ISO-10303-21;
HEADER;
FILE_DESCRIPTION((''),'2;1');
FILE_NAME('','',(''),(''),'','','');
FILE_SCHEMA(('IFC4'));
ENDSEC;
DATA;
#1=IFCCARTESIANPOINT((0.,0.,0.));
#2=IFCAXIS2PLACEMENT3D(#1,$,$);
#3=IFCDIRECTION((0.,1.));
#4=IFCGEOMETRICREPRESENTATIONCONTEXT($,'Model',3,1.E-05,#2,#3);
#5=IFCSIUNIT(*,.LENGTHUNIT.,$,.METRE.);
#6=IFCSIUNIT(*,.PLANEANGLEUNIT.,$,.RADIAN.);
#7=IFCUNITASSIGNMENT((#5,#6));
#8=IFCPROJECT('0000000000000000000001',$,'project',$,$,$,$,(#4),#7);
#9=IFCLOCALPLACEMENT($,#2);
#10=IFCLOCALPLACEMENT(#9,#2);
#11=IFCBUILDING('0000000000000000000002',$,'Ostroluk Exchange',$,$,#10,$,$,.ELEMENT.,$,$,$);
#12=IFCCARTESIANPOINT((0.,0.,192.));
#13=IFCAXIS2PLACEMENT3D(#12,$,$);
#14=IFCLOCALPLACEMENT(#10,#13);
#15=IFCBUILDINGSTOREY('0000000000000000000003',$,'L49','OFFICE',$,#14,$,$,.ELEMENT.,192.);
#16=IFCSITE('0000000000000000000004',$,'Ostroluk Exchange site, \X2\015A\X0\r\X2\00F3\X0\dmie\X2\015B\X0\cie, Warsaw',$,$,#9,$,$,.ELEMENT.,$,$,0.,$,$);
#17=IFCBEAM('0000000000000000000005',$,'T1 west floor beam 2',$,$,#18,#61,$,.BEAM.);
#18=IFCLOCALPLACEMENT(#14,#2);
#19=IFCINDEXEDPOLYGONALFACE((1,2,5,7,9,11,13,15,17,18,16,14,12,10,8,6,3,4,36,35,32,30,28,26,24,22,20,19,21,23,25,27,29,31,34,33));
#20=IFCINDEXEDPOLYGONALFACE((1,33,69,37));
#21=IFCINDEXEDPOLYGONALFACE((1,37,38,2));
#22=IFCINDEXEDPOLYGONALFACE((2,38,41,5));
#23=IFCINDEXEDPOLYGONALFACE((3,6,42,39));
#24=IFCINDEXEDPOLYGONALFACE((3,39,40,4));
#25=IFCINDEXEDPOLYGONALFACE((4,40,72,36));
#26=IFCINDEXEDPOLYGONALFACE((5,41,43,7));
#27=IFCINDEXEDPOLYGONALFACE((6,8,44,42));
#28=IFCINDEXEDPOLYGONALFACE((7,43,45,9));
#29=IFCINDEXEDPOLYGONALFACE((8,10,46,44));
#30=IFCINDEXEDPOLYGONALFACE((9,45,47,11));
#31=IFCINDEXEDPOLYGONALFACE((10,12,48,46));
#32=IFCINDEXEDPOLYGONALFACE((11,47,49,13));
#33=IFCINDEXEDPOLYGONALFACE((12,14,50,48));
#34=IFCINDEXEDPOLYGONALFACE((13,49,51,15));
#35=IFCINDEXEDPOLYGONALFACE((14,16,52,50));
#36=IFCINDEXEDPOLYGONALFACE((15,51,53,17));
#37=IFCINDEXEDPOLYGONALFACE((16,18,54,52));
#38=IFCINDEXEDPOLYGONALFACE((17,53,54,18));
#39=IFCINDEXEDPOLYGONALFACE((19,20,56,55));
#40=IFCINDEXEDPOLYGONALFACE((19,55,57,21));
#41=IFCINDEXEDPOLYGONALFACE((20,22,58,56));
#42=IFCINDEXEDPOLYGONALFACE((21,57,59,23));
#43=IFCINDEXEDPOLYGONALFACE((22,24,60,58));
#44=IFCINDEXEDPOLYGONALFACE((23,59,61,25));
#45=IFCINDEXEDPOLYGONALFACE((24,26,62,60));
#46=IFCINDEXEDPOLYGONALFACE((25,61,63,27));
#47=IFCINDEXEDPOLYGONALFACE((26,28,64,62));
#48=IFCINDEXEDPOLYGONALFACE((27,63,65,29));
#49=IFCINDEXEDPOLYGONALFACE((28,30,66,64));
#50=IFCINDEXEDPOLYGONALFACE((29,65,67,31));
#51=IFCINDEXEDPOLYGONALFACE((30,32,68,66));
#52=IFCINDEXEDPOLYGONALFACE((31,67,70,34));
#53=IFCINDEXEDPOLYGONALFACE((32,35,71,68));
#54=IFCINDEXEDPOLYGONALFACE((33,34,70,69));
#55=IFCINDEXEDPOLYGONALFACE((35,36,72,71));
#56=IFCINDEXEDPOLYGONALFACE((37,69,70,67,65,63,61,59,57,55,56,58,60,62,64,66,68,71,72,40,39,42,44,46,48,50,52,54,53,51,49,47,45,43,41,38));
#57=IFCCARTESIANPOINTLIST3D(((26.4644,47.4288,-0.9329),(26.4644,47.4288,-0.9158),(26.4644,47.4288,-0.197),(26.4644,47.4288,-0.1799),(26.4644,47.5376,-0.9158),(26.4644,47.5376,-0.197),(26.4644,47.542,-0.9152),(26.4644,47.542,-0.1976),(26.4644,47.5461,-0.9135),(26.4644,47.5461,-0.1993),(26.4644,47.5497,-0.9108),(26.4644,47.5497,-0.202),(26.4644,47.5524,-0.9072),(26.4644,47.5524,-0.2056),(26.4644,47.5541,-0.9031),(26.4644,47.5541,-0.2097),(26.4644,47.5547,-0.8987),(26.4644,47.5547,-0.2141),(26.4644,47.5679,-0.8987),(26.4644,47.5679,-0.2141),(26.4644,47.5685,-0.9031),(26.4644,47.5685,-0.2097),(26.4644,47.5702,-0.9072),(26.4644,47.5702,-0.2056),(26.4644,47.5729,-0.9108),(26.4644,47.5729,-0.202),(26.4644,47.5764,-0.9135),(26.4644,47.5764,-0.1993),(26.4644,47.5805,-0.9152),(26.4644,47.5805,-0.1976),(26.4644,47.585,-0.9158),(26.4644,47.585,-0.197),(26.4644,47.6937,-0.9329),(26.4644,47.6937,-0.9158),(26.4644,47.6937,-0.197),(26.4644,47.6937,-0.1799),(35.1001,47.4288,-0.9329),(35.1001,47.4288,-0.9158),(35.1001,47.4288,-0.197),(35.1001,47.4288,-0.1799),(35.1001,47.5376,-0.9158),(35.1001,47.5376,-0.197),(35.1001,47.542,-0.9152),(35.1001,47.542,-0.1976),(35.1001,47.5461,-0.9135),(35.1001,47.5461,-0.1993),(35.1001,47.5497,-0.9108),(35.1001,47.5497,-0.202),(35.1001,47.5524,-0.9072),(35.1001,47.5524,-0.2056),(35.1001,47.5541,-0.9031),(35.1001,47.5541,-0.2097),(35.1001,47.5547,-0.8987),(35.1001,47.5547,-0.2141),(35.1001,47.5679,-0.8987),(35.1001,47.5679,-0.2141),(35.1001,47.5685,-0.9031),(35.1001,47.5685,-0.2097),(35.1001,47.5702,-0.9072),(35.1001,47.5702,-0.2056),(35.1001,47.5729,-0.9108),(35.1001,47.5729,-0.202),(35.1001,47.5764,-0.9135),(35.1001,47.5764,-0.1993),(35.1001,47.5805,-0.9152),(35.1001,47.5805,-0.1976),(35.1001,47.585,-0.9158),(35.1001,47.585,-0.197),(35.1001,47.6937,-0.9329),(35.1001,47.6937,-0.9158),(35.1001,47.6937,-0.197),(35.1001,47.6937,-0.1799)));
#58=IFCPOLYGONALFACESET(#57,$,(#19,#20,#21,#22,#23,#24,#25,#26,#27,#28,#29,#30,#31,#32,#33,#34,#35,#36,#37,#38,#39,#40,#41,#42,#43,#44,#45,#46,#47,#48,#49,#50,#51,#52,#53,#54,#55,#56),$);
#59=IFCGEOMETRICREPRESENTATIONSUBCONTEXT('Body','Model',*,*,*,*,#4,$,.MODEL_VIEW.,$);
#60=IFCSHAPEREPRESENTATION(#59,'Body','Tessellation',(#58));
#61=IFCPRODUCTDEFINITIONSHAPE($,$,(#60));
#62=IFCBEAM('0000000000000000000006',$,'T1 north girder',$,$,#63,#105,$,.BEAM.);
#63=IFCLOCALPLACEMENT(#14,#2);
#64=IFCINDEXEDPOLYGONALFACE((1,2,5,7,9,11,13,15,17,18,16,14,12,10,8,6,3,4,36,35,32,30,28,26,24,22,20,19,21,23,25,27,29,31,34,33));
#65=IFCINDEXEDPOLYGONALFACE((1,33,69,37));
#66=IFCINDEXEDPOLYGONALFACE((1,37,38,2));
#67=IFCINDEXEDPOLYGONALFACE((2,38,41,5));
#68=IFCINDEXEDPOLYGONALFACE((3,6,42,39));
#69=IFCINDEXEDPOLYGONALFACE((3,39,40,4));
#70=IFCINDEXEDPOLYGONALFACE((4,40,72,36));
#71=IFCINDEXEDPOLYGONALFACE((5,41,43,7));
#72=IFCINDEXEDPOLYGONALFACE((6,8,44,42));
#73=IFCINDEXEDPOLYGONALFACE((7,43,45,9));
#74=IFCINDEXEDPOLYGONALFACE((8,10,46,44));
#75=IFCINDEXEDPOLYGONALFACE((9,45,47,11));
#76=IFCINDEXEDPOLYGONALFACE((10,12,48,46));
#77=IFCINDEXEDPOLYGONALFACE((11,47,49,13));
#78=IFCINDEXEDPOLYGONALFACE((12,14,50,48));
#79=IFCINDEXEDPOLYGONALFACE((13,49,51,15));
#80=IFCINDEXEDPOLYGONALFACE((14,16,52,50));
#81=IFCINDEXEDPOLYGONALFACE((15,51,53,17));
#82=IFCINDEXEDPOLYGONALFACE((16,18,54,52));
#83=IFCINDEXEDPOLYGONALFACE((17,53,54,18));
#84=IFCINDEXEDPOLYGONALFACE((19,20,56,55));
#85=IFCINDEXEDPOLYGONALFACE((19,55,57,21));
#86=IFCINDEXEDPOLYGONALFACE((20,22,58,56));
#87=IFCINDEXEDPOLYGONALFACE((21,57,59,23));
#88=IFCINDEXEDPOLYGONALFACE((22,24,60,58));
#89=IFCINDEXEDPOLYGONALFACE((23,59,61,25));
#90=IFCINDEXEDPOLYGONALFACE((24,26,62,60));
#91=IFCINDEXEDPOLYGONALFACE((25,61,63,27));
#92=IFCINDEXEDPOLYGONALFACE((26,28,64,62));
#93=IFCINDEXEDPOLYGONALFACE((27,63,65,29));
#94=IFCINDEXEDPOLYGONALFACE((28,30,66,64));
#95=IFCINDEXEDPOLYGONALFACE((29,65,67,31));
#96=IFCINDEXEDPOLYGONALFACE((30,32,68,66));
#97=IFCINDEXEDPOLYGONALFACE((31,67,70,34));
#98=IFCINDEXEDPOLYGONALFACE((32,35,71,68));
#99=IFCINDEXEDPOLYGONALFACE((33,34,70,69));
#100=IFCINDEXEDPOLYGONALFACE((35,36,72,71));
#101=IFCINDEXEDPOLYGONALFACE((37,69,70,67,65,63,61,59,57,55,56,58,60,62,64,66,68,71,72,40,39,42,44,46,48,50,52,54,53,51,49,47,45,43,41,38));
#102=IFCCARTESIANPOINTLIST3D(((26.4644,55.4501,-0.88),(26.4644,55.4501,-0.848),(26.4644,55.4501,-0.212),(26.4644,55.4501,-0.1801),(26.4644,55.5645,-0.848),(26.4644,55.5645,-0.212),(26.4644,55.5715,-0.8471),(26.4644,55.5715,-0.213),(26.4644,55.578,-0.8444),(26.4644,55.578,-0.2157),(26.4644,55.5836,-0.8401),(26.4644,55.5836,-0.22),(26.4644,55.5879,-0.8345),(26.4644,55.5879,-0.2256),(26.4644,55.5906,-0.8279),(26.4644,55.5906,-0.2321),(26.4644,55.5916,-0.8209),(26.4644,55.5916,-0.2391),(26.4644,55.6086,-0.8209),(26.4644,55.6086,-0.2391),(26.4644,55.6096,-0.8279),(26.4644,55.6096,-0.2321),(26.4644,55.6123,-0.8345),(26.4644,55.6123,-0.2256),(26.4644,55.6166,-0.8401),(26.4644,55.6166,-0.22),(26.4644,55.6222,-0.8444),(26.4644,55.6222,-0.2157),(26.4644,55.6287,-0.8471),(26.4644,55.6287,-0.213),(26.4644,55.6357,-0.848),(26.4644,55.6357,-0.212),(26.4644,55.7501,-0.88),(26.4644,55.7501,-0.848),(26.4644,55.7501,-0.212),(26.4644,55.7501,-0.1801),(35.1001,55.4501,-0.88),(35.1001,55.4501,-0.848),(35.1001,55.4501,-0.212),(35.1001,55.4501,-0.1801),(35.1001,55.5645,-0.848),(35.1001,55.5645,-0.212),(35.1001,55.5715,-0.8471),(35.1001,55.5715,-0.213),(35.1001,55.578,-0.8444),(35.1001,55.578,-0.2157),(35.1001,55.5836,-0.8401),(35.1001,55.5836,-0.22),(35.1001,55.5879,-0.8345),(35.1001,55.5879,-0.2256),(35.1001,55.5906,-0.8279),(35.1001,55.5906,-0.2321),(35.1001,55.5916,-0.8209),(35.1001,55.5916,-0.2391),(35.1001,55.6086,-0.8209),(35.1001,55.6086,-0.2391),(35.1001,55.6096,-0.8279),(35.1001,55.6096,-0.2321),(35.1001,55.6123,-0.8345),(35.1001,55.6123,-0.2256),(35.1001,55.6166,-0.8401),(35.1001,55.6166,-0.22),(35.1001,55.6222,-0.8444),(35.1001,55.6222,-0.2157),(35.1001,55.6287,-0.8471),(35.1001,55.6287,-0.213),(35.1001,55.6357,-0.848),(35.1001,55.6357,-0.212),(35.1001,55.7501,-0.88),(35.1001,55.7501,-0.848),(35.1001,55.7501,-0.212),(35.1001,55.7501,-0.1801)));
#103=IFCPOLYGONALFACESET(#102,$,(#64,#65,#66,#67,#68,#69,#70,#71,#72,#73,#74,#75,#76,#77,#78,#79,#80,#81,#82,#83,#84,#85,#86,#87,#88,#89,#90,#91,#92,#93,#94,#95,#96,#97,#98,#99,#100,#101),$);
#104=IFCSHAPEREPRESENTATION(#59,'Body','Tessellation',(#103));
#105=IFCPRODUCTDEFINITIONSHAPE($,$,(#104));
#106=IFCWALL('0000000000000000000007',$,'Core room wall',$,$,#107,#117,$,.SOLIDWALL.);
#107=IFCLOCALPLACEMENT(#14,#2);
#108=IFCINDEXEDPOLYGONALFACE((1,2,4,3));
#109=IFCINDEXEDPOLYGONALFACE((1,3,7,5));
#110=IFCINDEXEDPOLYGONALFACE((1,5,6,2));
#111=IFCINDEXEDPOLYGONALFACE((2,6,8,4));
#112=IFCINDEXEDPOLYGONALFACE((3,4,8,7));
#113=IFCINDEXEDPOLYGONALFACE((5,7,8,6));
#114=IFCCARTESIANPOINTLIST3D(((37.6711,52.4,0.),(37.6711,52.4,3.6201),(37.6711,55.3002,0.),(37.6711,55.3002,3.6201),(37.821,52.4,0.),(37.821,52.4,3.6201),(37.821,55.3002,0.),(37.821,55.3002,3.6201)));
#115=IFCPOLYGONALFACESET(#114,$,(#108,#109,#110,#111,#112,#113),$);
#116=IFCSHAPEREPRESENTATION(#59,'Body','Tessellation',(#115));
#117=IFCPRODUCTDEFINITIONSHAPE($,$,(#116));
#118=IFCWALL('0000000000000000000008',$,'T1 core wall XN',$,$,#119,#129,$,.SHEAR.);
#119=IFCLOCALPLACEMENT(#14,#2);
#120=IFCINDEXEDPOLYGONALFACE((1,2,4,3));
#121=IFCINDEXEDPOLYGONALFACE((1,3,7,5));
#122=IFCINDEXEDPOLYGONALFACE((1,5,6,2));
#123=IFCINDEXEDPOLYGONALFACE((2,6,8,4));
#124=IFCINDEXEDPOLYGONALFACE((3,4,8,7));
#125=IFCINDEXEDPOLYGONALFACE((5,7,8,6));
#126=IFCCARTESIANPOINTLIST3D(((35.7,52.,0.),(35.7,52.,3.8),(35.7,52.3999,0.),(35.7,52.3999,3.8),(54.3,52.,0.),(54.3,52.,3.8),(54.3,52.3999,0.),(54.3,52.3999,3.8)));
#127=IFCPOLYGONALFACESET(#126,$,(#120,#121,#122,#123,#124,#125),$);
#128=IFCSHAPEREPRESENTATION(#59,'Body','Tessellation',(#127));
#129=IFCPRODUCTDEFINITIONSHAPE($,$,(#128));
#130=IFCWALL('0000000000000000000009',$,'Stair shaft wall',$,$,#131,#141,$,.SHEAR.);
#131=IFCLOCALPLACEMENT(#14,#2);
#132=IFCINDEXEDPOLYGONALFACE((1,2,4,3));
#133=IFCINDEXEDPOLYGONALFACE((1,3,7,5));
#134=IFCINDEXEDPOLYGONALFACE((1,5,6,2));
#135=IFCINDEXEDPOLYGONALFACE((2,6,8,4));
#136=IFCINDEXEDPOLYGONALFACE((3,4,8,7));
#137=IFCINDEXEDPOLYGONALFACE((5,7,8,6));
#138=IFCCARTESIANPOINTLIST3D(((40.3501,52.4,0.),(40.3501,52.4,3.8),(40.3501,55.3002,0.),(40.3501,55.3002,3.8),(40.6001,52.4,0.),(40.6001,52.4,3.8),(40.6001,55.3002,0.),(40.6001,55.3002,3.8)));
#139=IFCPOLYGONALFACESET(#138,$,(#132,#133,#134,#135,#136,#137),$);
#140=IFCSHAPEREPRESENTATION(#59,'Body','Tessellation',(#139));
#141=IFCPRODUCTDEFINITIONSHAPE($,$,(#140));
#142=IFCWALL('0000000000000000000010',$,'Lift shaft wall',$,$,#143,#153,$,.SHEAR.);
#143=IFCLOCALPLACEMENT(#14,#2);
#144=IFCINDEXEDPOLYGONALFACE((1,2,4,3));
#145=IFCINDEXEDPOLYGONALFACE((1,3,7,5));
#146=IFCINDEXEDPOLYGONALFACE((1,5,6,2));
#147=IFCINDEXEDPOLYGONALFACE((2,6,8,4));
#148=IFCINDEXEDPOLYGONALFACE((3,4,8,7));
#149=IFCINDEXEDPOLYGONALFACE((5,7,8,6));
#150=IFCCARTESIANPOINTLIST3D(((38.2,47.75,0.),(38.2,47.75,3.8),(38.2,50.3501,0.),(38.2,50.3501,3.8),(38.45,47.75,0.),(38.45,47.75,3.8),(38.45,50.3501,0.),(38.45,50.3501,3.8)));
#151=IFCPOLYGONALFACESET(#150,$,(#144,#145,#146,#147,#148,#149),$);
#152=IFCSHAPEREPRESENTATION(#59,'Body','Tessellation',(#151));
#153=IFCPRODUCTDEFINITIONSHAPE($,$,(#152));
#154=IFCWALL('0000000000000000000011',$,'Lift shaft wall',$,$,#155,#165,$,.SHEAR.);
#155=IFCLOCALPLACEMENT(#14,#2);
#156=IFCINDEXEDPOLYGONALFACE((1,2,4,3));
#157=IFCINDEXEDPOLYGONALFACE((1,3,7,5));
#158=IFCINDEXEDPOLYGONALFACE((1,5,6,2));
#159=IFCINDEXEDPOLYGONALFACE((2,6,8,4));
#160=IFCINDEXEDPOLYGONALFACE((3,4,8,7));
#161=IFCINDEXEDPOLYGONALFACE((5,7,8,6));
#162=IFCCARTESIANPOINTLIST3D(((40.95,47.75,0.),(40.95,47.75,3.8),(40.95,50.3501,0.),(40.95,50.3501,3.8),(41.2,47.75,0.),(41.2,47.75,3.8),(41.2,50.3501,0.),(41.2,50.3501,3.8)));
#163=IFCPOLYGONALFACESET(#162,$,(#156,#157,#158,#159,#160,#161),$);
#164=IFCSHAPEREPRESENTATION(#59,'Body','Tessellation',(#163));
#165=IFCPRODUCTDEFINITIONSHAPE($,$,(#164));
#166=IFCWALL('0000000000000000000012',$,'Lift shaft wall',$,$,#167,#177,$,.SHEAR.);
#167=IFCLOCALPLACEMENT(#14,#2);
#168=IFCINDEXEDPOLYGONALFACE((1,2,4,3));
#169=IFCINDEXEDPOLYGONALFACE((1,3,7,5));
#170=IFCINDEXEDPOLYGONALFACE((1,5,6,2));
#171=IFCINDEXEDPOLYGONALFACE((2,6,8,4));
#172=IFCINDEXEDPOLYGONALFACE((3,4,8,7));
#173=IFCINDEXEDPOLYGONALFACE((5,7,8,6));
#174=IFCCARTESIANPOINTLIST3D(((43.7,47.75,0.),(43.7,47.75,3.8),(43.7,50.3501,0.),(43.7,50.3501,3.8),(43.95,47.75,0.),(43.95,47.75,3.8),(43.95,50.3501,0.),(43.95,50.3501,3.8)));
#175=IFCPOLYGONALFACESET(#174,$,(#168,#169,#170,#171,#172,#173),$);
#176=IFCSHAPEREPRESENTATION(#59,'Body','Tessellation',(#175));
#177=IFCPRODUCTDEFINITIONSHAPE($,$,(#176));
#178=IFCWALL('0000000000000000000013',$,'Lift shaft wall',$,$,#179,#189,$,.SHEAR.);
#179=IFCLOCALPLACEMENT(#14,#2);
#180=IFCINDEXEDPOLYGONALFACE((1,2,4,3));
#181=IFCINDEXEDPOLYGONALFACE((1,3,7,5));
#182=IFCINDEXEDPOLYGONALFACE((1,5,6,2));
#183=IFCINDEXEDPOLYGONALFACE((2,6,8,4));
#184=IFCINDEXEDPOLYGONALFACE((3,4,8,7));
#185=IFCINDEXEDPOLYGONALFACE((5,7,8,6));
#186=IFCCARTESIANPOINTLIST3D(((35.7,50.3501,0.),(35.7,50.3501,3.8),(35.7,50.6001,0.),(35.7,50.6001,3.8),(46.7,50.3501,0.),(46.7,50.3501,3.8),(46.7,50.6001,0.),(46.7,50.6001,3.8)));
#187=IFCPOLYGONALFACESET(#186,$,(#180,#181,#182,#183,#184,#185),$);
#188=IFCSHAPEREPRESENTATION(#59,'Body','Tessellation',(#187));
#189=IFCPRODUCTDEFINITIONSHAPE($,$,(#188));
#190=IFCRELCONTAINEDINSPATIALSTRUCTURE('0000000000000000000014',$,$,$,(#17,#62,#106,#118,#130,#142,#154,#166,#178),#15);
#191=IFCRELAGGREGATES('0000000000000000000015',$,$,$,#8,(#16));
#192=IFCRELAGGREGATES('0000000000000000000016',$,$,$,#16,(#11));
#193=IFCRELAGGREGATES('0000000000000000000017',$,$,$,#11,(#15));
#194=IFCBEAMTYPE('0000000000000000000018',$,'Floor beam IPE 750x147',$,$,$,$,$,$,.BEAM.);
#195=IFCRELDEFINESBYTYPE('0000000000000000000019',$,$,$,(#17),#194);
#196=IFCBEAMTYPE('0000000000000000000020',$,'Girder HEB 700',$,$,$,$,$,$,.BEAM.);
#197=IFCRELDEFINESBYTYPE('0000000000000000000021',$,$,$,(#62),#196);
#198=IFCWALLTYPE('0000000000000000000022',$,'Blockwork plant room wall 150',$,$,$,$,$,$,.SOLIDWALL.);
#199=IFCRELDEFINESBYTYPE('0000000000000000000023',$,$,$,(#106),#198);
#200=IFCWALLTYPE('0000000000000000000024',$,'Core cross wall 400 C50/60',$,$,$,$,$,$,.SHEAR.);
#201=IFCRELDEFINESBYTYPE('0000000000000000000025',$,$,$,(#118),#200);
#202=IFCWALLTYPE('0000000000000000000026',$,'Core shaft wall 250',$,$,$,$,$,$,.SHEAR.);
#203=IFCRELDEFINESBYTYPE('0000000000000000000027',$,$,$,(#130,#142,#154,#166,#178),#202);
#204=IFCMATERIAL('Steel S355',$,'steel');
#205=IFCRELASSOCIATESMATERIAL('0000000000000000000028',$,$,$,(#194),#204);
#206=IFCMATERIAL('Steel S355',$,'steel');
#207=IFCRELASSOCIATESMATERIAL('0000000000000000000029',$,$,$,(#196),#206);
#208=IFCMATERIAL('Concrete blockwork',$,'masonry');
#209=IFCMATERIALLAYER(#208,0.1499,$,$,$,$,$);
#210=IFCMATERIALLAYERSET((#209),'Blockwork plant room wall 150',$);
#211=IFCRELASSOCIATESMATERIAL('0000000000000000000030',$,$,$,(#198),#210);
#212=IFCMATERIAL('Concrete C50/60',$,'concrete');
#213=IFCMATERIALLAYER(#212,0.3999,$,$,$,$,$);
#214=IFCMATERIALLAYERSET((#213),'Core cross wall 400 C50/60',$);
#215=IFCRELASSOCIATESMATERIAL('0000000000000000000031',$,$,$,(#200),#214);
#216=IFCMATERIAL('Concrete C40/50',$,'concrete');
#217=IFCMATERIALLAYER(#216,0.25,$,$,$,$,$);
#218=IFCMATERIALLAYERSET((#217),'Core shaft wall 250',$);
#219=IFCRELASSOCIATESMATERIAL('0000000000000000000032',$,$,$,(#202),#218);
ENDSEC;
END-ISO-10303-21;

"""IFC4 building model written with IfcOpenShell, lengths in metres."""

from ifc_helpers import new_model, si_unit, direction, frame, frame_2d, origin, origin_2d, place, context, subcontext, project, spatial, rectangle, i_section, extrude, material, layer, layer_set, material_profile, profile_set, type_object, element, save


model = new_model("IFC4")

# Units and contexts
model_context = context("Model", 3, precision=1e-05, world=origin(), true_north=direction((0.0, 1.0)))
body_context = subcontext(model_context, "Body", "Model", "MODEL_VIEW")
ifc_project = project(units=[si_unit("LENGTHUNIT", "METRE"), si_unit("PLANEANGLEUNIT", "RADIAN")], contexts=[model_context])

# Site, building, storey
site_placement = place(None, origin())
site = spatial("IfcSite", under=ifc_project, at=site_placement, Name="Ostroluk Exchange site, Śródmieście, Warsaw", CompositionType="ELEMENT", RefElevation=0.0)
building_placement = place(site_placement, origin())
building = spatial("IfcBuilding", under=site, at=building_placement, Name="Ostroluk Exchange", CompositionType="ELEMENT")
storey_placement = place(building_placement, frame((0.0, 0.0, 192.0)))
storey = spatial("IfcBuildingStorey", under=building, at=storey_placement, Name="L49", Description="OFFICE", CompositionType="ELEMENT", Elevation=192.0)

# Beams
ifc_material_1 = material(Name="Steel S355", Category="steel")
ifc_material_profile_1 = material_profile(ifc_material_1, i_section(OverallWidth=0.2649, OverallDepth=0.7529, WebThickness=0.0132, FlangeThickness=0.0171, FilletRadius=0.0171, at=origin_2d()), Name="IPE 750x147")
ifc_profile_set_1 = profile_set([ifc_material_profile_1], Name="Steel S355")
beam_type_1 = type_object("IfcBeamType", Name="Floor beam IPE 750x147", PredefinedType="BEAM", material=ifc_profile_set_1)
for number, where, z_axis, x_axis, name in (
    (1, (35.1001, 47.5613, -0.5564), (-1.0, 0.0, 0.0), (0.0, -1.0, 0.0), "T1 west floor beam 2"),
):
    element("IfcBeam", number, at=place(storey_placement, frame(where, z_axis=z_axis, x_axis=x_axis)), inside=storey, type_object=beam_type_1, Name=name, PredefinedType="BEAM", context=body_context, shape_type="SweptSolid", body=[
        extrude(i_section(OverallWidth=0.2649, OverallDepth=0.7529, WebThickness=0.0132, FlangeThickness=0.0171, FilletRadius=0.0171, at=origin_2d()), origin(), (0.0, 0.0, 1.0), 8.6357),
    ])
ifc_material_2 = material(Name="Steel S355", Category="steel")
ifc_material_profile_2 = material_profile(ifc_material_2, i_section(OverallWidth=0.3, OverallDepth=0.7, WebThickness=0.0171, FlangeThickness=0.032, FilletRadius=0.0271, at=origin_2d()), Name="HEB 700")
ifc_profile_set_2 = profile_set([ifc_material_profile_2], Name="Steel S355")
beam_type_2 = type_object("IfcBeamType", Name="Girder HEB 700", PredefinedType="BEAM", material=ifc_profile_set_2)
beam_1_placement = place(storey_placement, frame((35.1001, 55.6001, -0.53), z_axis=(-1.0, 0.0, 0.0), x_axis=(0.0, -1.0, 0.0)))
element("IfcBeam", 2, at=beam_1_placement, inside=storey, type_object=beam_type_2, Name="T1 north girder", PredefinedType="BEAM", context=body_context, shape_type="SweptSolid", body=[
    extrude(i_section(OverallWidth=0.3, OverallDepth=0.7, WebThickness=0.0171, FlangeThickness=0.032, FilletRadius=0.0271, at=origin_2d()), origin(), (0.0, 0.0, 1.0), 8.6357),
])

# Walls
ifc_material_3 = material(Name="Concrete blockwork", Category="masonry")
ifc_layer_1 = layer(ifc_material_3, 0.1499)
ifc_layer_set_1 = layer_set([ifc_layer_1], Name="Blockwork plant room wall 150")
wall_type_1 = type_object("IfcWallType", Name="Blockwork plant room wall 150", PredefinedType="SOLIDWALL", material=ifc_layer_set_1)
wall_1_placement = place(storey_placement, frame((37.7461, 52.3999, 0.0), z_axis=(0.0, 0.0, 1.0), x_axis=(0.0, 1.0, 0.0)))
element("IfcWall", 3, at=wall_1_placement, inside=storey, type_object=wall_type_1, Name="Core room wall", PredefinedType="SOLIDWALL", context=body_context, shape_type="SweptSolid", body=[
    extrude(rectangle(XDim=2.9001, YDim=0.1499, at=frame_2d((1.4502, 0.0))), origin(), (0.0, 0.0, 1.0), 3.6201),
])
ifc_material_4 = material(Name="Concrete C50/60", Category="concrete")
ifc_layer_2 = layer(ifc_material_4, 0.3999)
ifc_layer_set_2 = layer_set([ifc_layer_2], Name="Core cross wall 400 C50/60")
wall_type_2 = type_object("IfcWallType", Name="Core cross wall 400 C50/60", PredefinedType="SHEAR", material=ifc_layer_set_2)
wall_2_placement = place(storey_placement, frame((35.7, 52.2, 0.0), z_axis=(0.0, 0.0, 1.0), x_axis=(1.0, 0.0, 0.0)))
element("IfcWall", 4, at=wall_2_placement, inside=storey, type_object=wall_type_2, Name="T1 core wall XN", PredefinedType="SHEAR", context=body_context, shape_type="SweptSolid", body=[
    extrude(rectangle(XDim=18.6001, YDim=0.3999, at=frame_2d((9.3, 0.0))), origin(), (0.0, 0.0, 1.0), 3.8),
])
ifc_material_5 = material(Name="Concrete C40/50", Category="concrete")
ifc_layer_3 = layer(ifc_material_5, 0.25)
ifc_layer_set_3 = layer_set([ifc_layer_3], Name="Core shaft wall 250")
wall_type_3 = type_object("IfcWallType", Name="Core shaft wall 250", PredefinedType="SHEAR", material=ifc_layer_set_3)
wall_3_placement = place(storey_placement, frame((40.4751, 52.3999, 0.0), z_axis=(0.0, 0.0, 1.0), x_axis=(0.0, 1.0, 0.0)))
element("IfcWall", 5, at=wall_3_placement, inside=storey, type_object=wall_type_3, Name="Stair shaft wall", PredefinedType="SHEAR", context=body_context, shape_type="SweptSolid", body=[
    extrude(rectangle(XDim=2.9001, YDim=0.25, at=frame_2d((1.4502, 0.0))), origin(), (0.0, 0.0, 1.0), 3.8),
])
for number, where, z_axis, x_axis, name in (
    (6, (38.325, 47.75, 0.0), (0.0, 0.0, 1.0), (0.0, 1.0, 0.0), "Lift shaft wall"),
    (7, (41.075, 47.75, 0.0), (0.0, 0.0, 1.0), (0.0, 1.0, 0.0), "Lift shaft wall"),
    (8, (43.825, 47.75, 0.0), (0.0, 0.0, 1.0), (0.0, 1.0, 0.0), "Lift shaft wall"),
):
    element("IfcWall", number, at=place(storey_placement, frame(where, z_axis=z_axis, x_axis=x_axis)), inside=storey, type_object=wall_type_3, Name=name, PredefinedType="SHEAR", context=body_context, shape_type="SweptSolid", body=[
        extrude(rectangle(XDim=2.6001, YDim=0.25, at=frame_2d((1.3, 0.0))), origin(), (0.0, 0.0, 1.0), 3.8),
    ])
wall_4_placement = place(storey_placement, frame((35.7, 50.4751, 0.0), z_axis=(0.0, 0.0, 1.0), x_axis=(1.0, 0.0, 0.0)))
element("IfcWall", 9, at=wall_4_placement, inside=storey, type_object=wall_type_3, Name="Lift shaft wall", PredefinedType="SHEAR", context=body_context, shape_type="SweptSolid", body=[
    extrude(rectangle(XDim=11.0, YDim=0.25, at=frame_2d((5.5, 0.0))), origin(), (0.0, 0.0, 1.0), 3.8),
])

save(model, "model.ifc")
